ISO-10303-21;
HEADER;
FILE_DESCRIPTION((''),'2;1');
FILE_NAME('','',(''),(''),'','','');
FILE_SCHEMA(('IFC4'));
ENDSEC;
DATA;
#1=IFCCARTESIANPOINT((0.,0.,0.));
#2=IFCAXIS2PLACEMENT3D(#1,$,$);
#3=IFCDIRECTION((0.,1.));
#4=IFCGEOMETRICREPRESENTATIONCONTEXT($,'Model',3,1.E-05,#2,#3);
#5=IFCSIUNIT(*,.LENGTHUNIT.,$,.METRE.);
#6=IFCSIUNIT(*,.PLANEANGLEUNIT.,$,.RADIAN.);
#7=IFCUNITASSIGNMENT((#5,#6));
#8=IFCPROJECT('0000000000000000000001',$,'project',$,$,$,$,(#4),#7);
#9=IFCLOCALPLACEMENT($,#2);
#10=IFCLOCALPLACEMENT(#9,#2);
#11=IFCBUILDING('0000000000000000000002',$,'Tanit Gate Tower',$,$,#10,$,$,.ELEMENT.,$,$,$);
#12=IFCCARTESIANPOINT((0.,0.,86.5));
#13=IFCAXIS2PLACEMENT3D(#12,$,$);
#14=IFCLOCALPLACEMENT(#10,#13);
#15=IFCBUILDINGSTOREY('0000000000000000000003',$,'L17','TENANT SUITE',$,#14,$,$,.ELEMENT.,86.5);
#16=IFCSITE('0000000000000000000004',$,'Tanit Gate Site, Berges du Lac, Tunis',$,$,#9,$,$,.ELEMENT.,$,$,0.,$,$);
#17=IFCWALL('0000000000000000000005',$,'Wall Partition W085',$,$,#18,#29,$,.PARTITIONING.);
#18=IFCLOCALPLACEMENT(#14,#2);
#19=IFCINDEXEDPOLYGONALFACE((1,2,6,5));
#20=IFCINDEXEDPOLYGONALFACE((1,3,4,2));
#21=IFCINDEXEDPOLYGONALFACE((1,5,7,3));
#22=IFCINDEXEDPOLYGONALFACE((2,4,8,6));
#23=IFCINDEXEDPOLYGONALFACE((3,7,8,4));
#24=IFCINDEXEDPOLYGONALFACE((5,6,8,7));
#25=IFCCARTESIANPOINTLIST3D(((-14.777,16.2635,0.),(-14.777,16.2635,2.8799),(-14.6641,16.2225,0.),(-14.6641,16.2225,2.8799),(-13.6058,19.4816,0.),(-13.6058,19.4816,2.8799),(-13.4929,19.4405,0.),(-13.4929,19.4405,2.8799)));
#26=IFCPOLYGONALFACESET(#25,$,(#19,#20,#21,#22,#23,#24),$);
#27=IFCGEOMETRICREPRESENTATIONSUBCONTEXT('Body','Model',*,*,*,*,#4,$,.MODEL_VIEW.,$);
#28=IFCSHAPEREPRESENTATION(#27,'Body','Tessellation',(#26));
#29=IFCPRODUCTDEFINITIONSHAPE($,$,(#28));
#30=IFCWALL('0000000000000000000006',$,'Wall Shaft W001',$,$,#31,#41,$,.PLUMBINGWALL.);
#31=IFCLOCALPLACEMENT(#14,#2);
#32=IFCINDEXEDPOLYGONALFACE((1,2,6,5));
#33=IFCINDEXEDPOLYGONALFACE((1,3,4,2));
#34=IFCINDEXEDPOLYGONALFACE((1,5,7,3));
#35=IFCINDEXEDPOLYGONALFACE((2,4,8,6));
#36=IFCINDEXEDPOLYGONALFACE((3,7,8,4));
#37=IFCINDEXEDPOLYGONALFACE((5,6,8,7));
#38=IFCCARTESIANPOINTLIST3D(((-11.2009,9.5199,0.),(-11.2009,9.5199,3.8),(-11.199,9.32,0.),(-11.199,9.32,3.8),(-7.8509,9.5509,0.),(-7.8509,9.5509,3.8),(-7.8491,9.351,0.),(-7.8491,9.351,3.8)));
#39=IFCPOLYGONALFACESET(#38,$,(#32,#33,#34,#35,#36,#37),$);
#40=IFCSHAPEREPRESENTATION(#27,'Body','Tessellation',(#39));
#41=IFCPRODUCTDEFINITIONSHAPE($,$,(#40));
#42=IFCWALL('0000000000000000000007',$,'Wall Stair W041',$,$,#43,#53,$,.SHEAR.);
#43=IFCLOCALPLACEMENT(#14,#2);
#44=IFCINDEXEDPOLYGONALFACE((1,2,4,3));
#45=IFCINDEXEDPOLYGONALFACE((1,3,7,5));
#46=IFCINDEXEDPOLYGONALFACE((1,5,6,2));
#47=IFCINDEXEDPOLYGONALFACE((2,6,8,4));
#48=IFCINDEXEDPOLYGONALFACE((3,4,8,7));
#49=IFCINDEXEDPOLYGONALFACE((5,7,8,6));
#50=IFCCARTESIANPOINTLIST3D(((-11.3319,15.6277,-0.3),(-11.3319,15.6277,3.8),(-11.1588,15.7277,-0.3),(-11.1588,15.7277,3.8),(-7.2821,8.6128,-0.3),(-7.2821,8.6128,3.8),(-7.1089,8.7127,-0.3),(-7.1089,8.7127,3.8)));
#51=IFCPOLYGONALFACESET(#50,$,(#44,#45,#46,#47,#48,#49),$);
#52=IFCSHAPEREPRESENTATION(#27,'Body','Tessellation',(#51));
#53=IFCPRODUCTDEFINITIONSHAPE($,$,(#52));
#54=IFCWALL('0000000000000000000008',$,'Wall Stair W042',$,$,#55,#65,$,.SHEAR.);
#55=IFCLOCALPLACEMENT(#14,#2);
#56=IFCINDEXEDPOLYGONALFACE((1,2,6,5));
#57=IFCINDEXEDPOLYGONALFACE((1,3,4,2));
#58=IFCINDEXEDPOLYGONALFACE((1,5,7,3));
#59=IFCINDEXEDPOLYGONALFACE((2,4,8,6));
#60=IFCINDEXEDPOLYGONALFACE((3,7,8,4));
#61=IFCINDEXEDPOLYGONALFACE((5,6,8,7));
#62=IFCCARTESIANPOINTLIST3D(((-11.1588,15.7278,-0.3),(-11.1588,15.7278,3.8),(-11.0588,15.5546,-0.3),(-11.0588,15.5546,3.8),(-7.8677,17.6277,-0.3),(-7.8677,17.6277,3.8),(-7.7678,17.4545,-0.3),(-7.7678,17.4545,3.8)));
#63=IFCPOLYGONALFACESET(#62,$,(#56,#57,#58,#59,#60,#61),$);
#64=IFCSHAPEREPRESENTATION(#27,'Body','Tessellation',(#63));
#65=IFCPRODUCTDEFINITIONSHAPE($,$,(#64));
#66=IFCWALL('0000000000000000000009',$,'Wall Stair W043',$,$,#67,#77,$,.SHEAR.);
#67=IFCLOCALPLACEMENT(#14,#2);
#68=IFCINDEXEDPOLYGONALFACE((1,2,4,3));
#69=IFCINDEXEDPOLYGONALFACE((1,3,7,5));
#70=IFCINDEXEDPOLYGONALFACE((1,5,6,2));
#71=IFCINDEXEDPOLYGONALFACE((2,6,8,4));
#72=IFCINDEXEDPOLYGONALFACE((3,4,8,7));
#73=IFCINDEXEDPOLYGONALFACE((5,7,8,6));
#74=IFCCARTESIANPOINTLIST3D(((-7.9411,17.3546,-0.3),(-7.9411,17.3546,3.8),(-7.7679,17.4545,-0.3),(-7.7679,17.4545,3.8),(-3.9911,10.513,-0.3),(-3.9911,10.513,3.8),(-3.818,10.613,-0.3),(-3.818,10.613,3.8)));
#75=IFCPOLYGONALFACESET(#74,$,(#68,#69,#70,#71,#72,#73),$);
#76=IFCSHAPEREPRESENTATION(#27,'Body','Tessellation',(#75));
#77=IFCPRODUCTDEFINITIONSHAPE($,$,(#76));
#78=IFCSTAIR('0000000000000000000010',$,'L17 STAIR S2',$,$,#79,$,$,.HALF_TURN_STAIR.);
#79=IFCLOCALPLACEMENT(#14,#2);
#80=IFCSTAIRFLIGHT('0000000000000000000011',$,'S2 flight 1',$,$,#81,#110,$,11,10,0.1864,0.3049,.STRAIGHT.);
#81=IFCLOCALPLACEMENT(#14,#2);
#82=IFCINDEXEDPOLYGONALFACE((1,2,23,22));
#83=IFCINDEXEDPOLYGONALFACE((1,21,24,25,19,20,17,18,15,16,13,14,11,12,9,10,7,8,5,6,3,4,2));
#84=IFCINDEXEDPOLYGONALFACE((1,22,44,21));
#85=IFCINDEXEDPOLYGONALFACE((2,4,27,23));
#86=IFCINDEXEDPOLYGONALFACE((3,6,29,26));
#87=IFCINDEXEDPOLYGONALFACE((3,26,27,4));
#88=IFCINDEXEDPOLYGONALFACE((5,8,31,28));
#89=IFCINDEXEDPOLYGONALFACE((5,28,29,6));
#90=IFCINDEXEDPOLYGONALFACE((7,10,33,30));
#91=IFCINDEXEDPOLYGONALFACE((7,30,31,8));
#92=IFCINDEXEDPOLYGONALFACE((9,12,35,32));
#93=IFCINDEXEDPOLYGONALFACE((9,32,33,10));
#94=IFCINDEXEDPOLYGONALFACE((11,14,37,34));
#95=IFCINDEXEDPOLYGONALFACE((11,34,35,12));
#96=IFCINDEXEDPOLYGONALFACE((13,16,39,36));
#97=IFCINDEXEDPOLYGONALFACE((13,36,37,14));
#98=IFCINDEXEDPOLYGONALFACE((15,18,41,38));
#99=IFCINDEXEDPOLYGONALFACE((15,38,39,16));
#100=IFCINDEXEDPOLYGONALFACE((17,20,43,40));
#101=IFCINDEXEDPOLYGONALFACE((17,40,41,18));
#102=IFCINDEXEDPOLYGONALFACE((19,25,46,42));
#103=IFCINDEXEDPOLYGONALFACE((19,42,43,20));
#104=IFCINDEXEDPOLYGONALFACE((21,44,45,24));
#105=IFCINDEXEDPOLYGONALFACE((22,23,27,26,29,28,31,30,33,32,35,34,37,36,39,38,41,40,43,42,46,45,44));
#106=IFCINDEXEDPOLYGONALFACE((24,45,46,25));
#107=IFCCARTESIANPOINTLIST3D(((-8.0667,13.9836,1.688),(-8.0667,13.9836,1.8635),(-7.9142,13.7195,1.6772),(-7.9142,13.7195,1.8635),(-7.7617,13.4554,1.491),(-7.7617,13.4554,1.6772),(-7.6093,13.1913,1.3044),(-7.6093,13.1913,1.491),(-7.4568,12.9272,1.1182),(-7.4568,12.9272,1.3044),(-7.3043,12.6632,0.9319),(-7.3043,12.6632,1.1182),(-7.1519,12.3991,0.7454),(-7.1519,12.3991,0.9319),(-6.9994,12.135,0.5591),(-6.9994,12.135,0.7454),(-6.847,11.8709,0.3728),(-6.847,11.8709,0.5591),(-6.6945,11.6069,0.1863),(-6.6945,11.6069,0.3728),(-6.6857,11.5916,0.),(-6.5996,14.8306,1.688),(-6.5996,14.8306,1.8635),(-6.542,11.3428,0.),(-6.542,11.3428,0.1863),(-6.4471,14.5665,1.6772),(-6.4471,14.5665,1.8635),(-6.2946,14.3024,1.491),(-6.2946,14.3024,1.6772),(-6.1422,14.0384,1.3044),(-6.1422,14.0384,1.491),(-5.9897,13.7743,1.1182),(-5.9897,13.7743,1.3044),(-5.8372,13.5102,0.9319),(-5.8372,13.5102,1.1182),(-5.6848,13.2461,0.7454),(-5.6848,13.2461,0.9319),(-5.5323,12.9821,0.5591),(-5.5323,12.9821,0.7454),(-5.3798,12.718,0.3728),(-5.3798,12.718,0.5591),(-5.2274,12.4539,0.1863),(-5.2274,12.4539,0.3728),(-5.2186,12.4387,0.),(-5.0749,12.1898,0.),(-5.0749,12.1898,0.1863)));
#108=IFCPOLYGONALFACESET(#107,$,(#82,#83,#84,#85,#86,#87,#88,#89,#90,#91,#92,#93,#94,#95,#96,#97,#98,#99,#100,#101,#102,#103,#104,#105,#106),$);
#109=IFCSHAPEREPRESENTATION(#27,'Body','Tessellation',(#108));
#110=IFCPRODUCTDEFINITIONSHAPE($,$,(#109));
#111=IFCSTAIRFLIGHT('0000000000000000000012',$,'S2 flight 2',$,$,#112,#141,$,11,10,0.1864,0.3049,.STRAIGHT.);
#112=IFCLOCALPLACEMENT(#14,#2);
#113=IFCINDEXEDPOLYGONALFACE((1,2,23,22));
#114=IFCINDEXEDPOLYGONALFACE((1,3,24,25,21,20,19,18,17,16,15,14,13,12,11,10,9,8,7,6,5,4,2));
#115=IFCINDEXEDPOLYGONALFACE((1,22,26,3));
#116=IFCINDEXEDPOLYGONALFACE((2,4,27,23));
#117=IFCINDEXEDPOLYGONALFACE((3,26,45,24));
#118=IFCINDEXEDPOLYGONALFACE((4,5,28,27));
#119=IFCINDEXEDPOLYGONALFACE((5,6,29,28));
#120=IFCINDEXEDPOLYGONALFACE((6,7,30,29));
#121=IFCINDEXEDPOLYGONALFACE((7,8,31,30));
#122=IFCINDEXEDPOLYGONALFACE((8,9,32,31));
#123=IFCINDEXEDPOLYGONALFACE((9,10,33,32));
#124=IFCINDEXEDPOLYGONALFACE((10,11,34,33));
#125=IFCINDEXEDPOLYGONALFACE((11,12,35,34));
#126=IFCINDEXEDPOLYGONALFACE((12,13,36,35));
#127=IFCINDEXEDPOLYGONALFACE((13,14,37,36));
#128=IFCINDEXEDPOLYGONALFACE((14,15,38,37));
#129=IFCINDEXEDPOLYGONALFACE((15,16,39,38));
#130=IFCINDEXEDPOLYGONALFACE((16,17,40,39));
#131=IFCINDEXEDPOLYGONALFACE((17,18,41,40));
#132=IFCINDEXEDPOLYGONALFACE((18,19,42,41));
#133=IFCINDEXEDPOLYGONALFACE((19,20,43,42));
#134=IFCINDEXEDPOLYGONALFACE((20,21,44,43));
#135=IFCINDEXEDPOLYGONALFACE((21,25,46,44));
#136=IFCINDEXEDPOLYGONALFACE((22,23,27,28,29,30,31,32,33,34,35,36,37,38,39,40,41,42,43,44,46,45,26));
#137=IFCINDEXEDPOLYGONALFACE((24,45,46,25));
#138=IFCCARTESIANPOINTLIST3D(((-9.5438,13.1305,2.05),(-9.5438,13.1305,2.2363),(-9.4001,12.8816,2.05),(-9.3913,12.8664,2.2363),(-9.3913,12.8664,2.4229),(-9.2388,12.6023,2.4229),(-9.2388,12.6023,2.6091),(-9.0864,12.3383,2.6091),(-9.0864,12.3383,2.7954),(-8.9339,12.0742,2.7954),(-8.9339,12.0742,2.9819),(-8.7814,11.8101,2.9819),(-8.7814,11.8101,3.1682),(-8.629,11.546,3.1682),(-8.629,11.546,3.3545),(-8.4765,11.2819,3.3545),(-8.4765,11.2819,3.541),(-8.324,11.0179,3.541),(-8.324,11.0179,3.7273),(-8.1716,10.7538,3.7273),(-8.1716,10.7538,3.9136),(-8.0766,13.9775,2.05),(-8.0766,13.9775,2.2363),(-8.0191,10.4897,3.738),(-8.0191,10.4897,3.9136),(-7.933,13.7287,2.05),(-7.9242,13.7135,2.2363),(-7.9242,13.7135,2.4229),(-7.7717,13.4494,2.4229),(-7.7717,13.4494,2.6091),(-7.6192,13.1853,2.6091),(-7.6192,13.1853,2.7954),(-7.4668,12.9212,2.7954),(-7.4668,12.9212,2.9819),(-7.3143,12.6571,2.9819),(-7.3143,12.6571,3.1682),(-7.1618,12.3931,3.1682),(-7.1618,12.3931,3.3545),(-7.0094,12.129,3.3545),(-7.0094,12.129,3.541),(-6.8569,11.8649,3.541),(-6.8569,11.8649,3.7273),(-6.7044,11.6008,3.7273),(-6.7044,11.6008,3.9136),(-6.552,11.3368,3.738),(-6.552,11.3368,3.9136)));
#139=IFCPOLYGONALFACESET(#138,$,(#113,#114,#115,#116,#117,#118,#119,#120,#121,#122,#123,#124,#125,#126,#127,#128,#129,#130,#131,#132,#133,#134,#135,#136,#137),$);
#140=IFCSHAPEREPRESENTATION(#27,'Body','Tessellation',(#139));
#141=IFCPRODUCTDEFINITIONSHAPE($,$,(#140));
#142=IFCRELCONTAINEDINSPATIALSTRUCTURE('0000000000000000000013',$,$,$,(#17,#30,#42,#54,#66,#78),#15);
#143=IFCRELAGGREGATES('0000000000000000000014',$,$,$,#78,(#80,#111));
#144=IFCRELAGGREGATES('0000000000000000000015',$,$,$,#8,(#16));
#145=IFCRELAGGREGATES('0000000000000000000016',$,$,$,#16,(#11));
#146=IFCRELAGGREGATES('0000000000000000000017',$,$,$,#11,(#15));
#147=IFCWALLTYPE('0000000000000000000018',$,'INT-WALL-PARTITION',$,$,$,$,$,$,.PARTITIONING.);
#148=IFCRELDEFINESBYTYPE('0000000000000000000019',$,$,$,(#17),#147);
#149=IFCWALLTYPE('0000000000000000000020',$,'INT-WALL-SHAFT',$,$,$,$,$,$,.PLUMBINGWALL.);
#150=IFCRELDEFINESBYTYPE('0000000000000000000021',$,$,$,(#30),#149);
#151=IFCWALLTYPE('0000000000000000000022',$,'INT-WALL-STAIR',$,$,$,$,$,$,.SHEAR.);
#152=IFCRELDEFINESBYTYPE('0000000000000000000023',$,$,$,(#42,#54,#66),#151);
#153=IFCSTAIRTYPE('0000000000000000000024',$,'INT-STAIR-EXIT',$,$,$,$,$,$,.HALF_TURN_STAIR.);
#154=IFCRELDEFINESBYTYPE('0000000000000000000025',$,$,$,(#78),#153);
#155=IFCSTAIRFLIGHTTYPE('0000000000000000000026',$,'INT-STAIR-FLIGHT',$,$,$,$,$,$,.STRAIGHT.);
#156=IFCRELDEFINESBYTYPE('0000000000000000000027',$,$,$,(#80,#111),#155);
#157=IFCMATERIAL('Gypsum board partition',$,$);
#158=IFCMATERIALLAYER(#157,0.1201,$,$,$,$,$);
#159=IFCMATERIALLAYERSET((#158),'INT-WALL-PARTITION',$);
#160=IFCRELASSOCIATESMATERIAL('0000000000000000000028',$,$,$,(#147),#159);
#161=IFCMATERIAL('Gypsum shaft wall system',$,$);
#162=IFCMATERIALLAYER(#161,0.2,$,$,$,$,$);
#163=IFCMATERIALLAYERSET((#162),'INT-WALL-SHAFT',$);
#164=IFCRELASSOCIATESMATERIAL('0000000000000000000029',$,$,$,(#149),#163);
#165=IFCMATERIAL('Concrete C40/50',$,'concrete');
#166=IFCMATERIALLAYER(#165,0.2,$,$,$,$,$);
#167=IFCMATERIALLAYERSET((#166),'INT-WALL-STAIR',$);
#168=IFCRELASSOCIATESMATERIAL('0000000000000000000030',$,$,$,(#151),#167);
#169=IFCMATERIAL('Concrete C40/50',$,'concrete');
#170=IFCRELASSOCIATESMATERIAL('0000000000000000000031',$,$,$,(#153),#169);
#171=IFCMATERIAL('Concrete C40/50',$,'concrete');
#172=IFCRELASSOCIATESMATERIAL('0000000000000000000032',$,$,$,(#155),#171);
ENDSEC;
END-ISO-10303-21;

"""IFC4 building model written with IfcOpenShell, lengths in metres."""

from ifc_helpers import new_model, si_unit, direction, frame, frame_2d, origin, place, context, subcontext, project, spatial, polyline, rectangle, outline, extrude, material, layer, layer_set, type_object, element, aggregate, save


model = new_model("IFC4")

# Units and contexts
model_context = context("Model", 3, precision=1e-05, world=origin(), true_north=direction((0.0, 1.0)))
body_context = subcontext(model_context, "Body", "Model", "MODEL_VIEW")
ifc_project = project(units=[si_unit("LENGTHUNIT", "METRE"), si_unit("PLANEANGLEUNIT", "RADIAN")], contexts=[model_context])

# Site, building, storey
site_placement = place(None, origin())
site = spatial("IfcSite", under=ifc_project, at=site_placement, Name="Tanit Gate Site, Berges du Lac, Tunis", CompositionType="ELEMENT", RefElevation=0.0)
building_placement = place(site_placement, origin())
building = spatial("IfcBuilding", under=site, at=building_placement, Name="Tanit Gate Tower", CompositionType="ELEMENT")
storey_placement = place(building_placement, frame((0.0, 0.0, 86.5)))
storey = spatial("IfcBuildingStorey", under=building, at=storey_placement, Name="L17", Description="TENANT SUITE", CompositionType="ELEMENT", Elevation=86.5)

# Walls
ifc_material_1 = material(Name="Gypsum board partition")
ifc_layer_1 = layer(ifc_material_1, 0.1201)
ifc_layer_set_1 = layer_set([ifc_layer_1], Name="INT-WALL-PARTITION")
wall_type_1 = type_object("IfcWallType", Name="INT-WALL-PARTITION", PredefinedType="PARTITIONING", material=ifc_layer_set_1)
wall_1_placement = place(storey_placement, frame((-13.5493, 19.4612, 0.0), z_axis=(0.0, 0.0, 1.0), x_axis=(-0.341989, -0.939704, 0.0)))
element("IfcWall", 1, at=wall_1_placement, inside=storey, type_object=wall_type_1, Name="Wall Partition W085", PredefinedType="PARTITIONING", context=body_context, shape_type="SweptSolid", body=[
    extrude(rectangle(XDim=3.4246, YDim=0.1201, at=frame_2d((1.7124, 0.0))), origin(), (0.0, 0.0, 1.0), 2.8799),
])
ifc_material_2 = material(Name="Gypsum shaft wall system")
ifc_layer_2 = layer(ifc_material_2, 0.2)
ifc_layer_set_2 = layer_set([ifc_layer_2], Name="INT-WALL-SHAFT")
wall_type_2 = type_object("IfcWallType", Name="INT-WALL-SHAFT", PredefinedType="PLUMBINGWALL", material=ifc_layer_set_2)
wall_2_placement = place(storey_placement, frame((-11.2, 9.4199, 0.0), z_axis=(0.0, 0.0, 1.0), x_axis=(0.999957, 0.009255, 0.0)))
element("IfcWall", 2, at=wall_2_placement, inside=storey, type_object=wall_type_2, Name="Wall Shaft W001", PredefinedType="PLUMBINGWALL", context=body_context, shape_type="SweptSolid", body=[
    extrude(rectangle(XDim=3.3501, YDim=0.2, at=frame_2d((1.675, 0.0))), origin(), (0.0, 0.0, 1.0), 3.8),
])
ifc_material_3 = material(Name="Concrete C40/50", Category="concrete")
ifc_layer_3 = layer(ifc_material_3, 0.2)
ifc_layer_set_3 = layer_set([ifc_layer_3], Name="INT-WALL-STAIR")
wall_type_3 = type_object("IfcWallType", Name="INT-WALL-STAIR", PredefinedType="SHEAR", material=ifc_layer_set_3)
wall_3_placement = place(storey_placement, frame((-11.2454, 15.6777, -0.3), z_axis=(0.0, 0.0, 1.0), x_axis=(0.499977, -0.866039, 0.0)))
element("IfcWall", 3, at=wall_3_placement, inside=storey, type_object=wall_type_3, Name="Wall Stair W041", PredefinedType="SHEAR", context=body_context, shape_type="SweptSolid", body=[
    extrude(rectangle(XDim=8.1001, YDim=0.2, at=frame_2d((4.05, 0.0))), origin(), (0.0, 0.0, 1.0), 4.1001),
])
wall_4_placement = place(storey_placement, frame((-7.8179, 17.541, -0.3), z_axis=(0.0, 0.0, 1.0), x_axis=(-0.866044, -0.499967, 0.0)))
element("IfcWall", 4, at=wall_4_placement, inside=storey, type_object=wall_type_3, Name="Wall Stair W042", PredefinedType="SHEAR", context=body_context, shape_type="SweptSolid", body=[
    extrude(rectangle(XDim=3.8, YDim=0.2, at=frame_2d((1.8999, 0.0))), origin(), (0.0, 0.0, 1.0), 4.1001),
])
wall_5_placement = place(storey_placement, frame((-7.8545, 17.4045, -0.3), z_axis=(0.0, 0.0, 1.0), x_axis=(0.499998, -0.866027, 0.0)))
element("IfcWall", 5, at=wall_5_placement, inside=storey, type_object=wall_type_3, Name="Wall Stair W043", PredefinedType="SHEAR", context=body_context, shape_type="SweptSolid", body=[
    extrude(rectangle(XDim=7.8999, YDim=0.2, at=frame_2d((3.95, 0.0))), origin(), (0.0, 0.0, 1.0), 4.1001),
])

# Stair, stair flights
ifc_material_4 = material(Name="Concrete C40/50", Category="concrete")
stair_type = type_object("IfcStairType", Name="INT-STAIR-EXIT", PredefinedType="HALF_TURN_STAIR", material=ifc_material_4)
stair_placement = place(storey_placement, origin())
stair = element("IfcStair", 6, at=stair_placement, inside=storey, type_object=stair_type, Name="L17 STAIR S2", PredefinedType="HALF_TURN_STAIR")
ifc_material_5 = material(Name="Concrete C40/50", Category="concrete")
stair_flight_type = type_object("IfcStairFlightType", Name="INT-STAIR-FLIGHT", PredefinedType="STRAIGHT", material=ifc_material_5)
stair_flight_1_placement = place(storey_placement, frame((-5.8083, 11.7664, 0.0), z_axis=(0.0, 0.0, 1.0), x_axis=(-0.5, 0.866025, 0.0)))
stair_flight_1 = element("IfcStairFlight", 7, at=stair_flight_1_placement, type_object=stair_flight_type, Name="S2 flight 1", NumberOfRisers=11, NumberOfTreads=10, PredefinedType="STRAIGHT", RiserHeight=0.1864, TreadLength=0.3049, context=body_context, shape_type="SweptSolid", body=[
    extrude(outline(polyline([(0.0, 0.0), (0.0, 0.1863), (0.3049, 0.1863), (0.3049, 0.3728), (0.6099, 0.3728), (0.6099, 0.5591), (0.9148, 0.5591), (0.9148, 0.7454), (1.2197, 0.7454), (1.2197, 0.9319), (1.5247, 0.9319), (1.5247, 1.1182), (1.8296, 1.1182), (1.8296, 1.3044), (2.1345, 1.3044), (2.1345, 1.491), (2.4395, 1.491), (2.4395, 1.6772), (2.7444, 1.6772), (2.7444, 1.8635), (3.0493, 1.8635), (3.0493, 2.05), (3.0493, 1.688), (0.2874, 0.0), (0.0, 0.0)])), frame((0.0, 0.8472, 0.0), z_axis=(0.0, -1.0, 0.0), x_axis=(1.0, 0.0, 0.0)), (0.0, 0.0, 1.0), 1.6941),
])
stair_flight_2_placement = place(storey_placement, frame((-8.8103, 13.554, 2.05), z_axis=(0.0, 0.0, 1.0), x_axis=(0.5, -0.866025, 0.0)))
stair_flight_2 = element("IfcStairFlight", 8, at=stair_flight_2_placement, type_object=stair_flight_type, Name="S2 flight 2", NumberOfRisers=11, NumberOfTreads=10, PredefinedType="STRAIGHT", RiserHeight=0.1864, TreadLength=0.3049, context=body_context, shape_type="SweptSolid", body=[
    extrude(outline(polyline([(0.0, 0.0), (0.0, 0.1863), (0.3049, 0.1863), (0.3049, 0.3728), (0.6099, 0.3728), (0.6099, 0.5591), (0.9148, 0.5591), (0.9148, 0.7454), (1.2197, 0.7454), (1.2197, 0.9319), (1.5247, 0.9319), (1.5247, 1.1182), (1.8296, 1.1182), (1.8296, 1.3044), (2.1345, 1.3044), (2.1345, 1.491), (2.4395, 1.491), (2.4395, 1.6772), (2.7444, 1.6772), (2.7444, 1.8635), (3.0493, 1.8635), (3.0493, 2.05), (3.0493, 1.688), (0.2874, 0.0), (0.0, 0.0)])), frame((0.0, 0.8472, 0.0), z_axis=(0.0, -1.0, 0.0), x_axis=(1.0, 0.0, 0.0)), (0.0, 0.0, 1.0), 1.6941),
])
aggregate(stair, [stair_flight_1, stair_flight_2])

save(model, "model.ifc")
